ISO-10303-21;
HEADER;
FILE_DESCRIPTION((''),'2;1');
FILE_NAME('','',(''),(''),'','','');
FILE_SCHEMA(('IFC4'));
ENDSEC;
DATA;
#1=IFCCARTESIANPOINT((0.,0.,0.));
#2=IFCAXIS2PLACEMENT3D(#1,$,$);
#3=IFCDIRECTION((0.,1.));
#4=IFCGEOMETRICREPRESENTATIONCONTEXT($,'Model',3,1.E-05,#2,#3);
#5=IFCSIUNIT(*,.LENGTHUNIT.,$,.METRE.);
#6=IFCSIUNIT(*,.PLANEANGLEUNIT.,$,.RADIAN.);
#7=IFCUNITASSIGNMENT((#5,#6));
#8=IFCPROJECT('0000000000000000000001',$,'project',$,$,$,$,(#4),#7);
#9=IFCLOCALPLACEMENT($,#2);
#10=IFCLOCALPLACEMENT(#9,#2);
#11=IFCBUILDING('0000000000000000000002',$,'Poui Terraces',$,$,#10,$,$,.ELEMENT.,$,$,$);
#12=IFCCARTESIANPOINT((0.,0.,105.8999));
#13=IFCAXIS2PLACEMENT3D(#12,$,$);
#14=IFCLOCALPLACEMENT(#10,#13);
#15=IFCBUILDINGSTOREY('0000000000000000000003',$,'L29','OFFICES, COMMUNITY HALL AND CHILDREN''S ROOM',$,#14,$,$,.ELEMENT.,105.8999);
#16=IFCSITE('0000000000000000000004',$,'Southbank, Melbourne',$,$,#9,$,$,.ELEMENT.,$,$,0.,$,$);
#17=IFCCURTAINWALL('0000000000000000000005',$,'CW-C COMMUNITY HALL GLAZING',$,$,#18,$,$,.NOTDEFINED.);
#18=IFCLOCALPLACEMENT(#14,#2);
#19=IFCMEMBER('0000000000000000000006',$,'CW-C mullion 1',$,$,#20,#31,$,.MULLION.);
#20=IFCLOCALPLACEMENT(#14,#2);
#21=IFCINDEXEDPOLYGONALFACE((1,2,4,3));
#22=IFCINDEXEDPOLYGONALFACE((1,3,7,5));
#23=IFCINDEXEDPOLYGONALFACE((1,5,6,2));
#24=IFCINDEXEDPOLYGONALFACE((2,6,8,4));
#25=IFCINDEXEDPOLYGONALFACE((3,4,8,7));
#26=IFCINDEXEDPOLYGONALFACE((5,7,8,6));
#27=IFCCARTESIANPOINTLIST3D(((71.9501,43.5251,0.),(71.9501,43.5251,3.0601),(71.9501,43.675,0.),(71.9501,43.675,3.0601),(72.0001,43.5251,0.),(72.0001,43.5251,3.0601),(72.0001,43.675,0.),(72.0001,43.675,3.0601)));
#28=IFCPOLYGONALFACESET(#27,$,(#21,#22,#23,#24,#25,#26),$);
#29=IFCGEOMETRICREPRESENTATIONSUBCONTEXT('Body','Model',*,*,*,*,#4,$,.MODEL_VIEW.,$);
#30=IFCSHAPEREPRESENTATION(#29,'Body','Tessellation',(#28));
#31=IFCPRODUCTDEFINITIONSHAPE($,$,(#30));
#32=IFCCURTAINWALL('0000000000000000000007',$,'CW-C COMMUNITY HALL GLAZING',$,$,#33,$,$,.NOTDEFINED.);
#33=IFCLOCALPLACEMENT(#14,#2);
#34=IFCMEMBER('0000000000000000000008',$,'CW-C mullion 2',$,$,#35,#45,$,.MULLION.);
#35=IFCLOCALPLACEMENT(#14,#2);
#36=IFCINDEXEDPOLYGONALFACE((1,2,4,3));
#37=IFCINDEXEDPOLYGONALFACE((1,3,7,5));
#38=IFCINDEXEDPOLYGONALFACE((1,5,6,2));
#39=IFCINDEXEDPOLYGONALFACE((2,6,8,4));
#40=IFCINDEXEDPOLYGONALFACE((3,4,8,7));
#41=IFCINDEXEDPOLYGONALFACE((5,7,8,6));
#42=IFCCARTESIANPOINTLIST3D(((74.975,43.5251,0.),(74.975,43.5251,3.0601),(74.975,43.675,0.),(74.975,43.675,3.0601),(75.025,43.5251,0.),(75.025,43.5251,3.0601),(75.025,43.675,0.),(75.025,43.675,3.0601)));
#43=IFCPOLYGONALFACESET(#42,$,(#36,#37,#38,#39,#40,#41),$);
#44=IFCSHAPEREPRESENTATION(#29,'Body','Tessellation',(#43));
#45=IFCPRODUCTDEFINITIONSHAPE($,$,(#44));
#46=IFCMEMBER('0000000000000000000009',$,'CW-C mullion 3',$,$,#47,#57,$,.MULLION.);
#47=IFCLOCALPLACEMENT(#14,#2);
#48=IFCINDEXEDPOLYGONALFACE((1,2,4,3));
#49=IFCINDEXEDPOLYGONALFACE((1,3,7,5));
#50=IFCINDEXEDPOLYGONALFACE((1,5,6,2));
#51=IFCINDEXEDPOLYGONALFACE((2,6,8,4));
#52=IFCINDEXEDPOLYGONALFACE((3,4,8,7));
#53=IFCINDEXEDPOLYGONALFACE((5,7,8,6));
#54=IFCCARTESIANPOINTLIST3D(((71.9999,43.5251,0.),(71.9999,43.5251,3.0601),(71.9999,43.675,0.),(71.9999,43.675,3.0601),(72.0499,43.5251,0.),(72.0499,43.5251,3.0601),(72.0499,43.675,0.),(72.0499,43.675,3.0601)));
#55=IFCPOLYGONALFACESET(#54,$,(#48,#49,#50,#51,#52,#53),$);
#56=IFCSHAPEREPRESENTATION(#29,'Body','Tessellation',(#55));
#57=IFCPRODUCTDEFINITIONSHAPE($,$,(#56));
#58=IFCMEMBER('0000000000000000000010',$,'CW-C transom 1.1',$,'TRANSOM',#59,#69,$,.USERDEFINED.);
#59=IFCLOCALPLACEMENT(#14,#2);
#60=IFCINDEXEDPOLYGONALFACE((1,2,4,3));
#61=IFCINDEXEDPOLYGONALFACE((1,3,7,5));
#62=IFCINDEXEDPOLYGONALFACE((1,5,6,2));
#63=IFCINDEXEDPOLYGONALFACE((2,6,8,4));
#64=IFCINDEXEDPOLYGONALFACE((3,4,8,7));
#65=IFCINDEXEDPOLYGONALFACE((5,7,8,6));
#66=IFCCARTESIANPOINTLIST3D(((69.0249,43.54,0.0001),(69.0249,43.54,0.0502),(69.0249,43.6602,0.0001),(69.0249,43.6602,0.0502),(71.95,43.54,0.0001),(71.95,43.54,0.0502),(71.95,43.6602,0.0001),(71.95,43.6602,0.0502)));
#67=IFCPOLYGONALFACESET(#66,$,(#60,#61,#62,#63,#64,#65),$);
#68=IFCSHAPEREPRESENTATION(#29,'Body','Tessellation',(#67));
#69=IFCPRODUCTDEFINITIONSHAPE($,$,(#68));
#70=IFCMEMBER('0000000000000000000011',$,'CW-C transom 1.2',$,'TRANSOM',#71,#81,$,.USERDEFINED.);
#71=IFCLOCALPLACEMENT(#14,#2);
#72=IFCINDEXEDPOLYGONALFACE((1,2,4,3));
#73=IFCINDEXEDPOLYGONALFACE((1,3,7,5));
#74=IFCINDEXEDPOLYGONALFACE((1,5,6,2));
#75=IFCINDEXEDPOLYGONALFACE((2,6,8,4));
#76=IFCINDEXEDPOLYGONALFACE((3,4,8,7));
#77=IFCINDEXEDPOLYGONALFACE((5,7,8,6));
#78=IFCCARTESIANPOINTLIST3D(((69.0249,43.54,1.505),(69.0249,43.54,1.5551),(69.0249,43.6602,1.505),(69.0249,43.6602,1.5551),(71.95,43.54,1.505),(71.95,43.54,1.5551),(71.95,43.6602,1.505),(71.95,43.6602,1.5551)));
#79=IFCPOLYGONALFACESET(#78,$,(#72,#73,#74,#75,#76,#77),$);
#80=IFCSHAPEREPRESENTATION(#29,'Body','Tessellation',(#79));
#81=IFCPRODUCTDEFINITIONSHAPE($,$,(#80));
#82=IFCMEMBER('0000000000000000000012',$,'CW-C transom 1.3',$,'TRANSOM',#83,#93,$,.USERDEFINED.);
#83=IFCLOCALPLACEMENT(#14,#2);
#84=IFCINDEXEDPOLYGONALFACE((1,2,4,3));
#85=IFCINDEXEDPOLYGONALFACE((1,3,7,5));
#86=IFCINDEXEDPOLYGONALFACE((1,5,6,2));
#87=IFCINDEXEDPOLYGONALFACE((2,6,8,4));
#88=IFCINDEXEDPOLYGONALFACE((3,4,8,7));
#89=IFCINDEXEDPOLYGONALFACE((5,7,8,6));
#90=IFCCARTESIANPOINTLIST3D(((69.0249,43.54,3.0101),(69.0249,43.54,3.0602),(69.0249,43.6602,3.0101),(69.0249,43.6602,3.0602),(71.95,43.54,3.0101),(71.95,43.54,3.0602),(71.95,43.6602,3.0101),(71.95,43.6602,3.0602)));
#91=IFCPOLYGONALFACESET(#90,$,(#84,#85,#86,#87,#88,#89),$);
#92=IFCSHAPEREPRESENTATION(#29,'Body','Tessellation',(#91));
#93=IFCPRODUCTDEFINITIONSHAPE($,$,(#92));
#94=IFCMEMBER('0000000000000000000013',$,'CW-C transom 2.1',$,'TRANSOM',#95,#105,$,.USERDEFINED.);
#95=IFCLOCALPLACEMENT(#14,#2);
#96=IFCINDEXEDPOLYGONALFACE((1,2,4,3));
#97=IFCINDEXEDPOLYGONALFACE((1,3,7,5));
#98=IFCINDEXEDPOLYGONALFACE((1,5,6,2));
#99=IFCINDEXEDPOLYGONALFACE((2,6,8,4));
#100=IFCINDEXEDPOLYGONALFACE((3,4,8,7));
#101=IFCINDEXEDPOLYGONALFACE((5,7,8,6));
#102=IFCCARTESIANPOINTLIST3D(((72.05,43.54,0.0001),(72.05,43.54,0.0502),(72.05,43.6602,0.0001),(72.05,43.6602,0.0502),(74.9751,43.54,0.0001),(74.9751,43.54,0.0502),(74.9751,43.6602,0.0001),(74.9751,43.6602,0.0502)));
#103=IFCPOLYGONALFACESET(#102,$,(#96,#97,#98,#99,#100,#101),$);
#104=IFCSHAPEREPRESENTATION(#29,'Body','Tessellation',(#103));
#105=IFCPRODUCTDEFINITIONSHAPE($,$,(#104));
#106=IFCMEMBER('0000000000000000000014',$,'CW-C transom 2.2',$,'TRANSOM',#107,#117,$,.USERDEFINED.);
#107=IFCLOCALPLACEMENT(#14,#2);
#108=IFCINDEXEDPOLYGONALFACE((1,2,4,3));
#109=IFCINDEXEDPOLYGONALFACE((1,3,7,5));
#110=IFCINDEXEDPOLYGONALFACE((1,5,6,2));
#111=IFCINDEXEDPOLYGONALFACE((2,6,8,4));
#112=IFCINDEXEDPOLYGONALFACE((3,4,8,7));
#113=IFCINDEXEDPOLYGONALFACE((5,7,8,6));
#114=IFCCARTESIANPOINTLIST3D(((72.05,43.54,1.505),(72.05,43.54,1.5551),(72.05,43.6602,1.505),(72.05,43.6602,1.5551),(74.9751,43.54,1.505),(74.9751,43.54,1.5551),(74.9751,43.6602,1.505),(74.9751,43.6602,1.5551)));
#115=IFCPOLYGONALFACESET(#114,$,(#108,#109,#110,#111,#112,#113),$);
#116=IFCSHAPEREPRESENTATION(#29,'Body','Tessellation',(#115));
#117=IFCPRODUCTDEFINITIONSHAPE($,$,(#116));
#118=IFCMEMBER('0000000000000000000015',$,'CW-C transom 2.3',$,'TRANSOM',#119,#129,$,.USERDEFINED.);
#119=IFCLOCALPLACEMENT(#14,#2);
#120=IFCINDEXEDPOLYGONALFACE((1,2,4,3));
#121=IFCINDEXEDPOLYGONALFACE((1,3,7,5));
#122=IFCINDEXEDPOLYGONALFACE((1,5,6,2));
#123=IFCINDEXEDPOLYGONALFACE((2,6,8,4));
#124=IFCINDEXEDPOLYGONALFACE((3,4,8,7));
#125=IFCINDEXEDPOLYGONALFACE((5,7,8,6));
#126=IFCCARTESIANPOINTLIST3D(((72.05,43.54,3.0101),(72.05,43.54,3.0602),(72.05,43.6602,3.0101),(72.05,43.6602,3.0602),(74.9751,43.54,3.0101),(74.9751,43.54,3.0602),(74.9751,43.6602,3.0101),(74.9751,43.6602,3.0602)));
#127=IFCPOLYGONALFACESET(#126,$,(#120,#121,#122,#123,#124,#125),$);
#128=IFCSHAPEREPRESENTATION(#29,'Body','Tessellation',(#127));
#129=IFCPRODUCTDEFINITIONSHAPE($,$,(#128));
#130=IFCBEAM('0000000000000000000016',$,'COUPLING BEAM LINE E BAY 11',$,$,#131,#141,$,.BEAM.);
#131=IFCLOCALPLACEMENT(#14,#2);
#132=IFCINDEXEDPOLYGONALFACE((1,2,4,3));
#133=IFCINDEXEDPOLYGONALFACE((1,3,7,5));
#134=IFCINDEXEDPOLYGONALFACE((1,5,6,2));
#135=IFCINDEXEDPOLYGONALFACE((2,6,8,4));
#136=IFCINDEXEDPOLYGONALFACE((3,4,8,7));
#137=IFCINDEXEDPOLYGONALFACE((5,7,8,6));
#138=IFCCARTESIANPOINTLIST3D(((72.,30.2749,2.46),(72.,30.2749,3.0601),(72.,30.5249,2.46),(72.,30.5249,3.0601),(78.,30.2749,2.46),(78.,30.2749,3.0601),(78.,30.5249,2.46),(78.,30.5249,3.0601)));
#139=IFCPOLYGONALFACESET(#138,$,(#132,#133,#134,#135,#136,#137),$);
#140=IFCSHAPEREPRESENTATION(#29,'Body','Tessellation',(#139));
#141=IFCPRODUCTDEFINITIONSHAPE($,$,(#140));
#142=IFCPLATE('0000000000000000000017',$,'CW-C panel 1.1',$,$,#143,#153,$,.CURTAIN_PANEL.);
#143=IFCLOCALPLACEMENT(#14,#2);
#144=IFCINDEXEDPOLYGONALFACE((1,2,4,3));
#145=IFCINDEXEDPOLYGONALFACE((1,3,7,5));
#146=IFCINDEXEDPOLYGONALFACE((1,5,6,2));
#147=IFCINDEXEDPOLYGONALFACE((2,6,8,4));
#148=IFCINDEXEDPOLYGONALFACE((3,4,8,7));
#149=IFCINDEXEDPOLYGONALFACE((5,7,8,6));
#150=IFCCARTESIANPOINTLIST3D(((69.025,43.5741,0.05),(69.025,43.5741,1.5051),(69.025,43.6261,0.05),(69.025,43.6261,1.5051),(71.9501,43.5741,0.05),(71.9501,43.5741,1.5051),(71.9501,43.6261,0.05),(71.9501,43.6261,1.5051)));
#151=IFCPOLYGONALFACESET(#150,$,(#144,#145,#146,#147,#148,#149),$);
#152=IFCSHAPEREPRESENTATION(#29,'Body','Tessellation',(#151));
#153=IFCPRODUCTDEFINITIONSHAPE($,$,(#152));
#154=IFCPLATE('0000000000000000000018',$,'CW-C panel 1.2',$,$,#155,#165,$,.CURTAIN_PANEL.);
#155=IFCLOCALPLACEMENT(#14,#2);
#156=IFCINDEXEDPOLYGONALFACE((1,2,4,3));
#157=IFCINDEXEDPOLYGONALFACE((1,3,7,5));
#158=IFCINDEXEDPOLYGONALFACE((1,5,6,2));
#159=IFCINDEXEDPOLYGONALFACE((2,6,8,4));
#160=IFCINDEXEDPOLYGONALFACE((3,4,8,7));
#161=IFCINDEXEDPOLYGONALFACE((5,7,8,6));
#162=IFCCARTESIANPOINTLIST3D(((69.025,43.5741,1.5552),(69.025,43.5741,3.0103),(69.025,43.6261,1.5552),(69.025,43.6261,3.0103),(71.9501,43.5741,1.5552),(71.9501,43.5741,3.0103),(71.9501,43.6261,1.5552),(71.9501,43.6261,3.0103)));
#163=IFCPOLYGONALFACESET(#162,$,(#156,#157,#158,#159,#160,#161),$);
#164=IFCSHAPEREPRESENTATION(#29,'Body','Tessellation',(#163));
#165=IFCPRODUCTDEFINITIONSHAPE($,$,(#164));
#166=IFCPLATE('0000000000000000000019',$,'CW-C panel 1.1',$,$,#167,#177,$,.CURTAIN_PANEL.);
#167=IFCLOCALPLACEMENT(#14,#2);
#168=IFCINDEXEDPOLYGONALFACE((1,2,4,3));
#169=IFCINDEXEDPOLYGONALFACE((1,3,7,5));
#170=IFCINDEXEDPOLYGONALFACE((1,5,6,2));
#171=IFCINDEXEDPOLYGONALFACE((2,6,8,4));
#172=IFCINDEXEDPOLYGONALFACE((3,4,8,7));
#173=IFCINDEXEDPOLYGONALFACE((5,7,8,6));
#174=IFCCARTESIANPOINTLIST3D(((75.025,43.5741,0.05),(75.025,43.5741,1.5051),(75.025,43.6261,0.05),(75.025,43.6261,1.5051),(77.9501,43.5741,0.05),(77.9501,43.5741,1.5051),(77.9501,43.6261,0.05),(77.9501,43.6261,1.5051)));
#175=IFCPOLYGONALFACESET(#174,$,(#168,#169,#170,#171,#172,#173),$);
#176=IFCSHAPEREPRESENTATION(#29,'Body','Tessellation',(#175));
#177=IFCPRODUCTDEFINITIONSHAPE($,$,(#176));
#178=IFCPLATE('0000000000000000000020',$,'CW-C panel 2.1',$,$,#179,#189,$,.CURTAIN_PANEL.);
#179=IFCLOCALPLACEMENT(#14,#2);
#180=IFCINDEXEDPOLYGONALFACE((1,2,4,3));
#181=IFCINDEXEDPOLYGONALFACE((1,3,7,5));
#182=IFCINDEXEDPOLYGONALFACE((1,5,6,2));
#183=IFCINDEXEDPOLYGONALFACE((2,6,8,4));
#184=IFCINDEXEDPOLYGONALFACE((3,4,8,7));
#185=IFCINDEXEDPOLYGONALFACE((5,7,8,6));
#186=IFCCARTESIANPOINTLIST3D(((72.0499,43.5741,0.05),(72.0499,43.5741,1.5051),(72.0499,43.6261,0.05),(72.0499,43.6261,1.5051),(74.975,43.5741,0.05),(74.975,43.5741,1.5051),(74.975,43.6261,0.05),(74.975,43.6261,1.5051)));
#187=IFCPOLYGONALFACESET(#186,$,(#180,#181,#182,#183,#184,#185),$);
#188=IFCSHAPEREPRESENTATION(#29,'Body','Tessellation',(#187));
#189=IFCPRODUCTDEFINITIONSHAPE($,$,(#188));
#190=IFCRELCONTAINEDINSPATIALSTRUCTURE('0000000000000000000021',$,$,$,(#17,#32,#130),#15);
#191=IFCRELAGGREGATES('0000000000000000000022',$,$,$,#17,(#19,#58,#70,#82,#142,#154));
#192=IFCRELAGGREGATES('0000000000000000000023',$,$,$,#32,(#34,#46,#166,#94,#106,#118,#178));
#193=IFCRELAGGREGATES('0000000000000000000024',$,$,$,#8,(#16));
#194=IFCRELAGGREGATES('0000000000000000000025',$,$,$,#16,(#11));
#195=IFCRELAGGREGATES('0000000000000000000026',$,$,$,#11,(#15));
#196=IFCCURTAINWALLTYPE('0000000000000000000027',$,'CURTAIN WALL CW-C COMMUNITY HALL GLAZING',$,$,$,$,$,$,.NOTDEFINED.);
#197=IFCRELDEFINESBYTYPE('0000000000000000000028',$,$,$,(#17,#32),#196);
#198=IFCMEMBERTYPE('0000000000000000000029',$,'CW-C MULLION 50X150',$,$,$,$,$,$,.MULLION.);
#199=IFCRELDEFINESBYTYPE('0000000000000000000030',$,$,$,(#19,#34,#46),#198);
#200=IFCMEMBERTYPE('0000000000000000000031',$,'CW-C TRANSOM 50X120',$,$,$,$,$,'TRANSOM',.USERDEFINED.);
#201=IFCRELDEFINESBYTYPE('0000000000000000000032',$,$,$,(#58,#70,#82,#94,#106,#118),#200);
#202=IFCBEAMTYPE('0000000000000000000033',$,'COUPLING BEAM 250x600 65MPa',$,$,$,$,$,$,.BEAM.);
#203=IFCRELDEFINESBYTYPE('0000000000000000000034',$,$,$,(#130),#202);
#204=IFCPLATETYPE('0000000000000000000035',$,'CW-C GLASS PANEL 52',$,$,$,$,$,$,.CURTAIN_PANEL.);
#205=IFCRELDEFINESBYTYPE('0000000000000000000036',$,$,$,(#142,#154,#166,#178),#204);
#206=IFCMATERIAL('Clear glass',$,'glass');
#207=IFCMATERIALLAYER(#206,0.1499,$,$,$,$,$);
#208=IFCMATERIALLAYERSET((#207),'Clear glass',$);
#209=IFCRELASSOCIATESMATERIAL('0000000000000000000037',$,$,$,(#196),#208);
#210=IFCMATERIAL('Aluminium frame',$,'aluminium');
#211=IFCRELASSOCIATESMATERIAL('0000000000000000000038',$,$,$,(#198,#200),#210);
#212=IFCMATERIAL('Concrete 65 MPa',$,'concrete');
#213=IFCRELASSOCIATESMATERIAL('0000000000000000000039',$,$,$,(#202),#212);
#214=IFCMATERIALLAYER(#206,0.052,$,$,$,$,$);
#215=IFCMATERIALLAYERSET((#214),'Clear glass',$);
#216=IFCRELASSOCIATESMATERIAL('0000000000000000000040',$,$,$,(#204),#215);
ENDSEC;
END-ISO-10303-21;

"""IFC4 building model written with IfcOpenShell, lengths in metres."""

from ifc_helpers import new_model, si_unit, direction, frame, origin, origin_2d, place, context, subcontext, project, spatial, rectangle, extrude, source, transform, mapped, material, layer, layer_set, material_profile, profile_set, type_object, element, aggregate, save


model = new_model("IFC4")

# Units and contexts
model_context = context("Model", 3, precision=1e-05, world=origin(), true_north=direction((0.0, 1.0)))
body_context = subcontext(model_context, "Body", "Model", "MODEL_VIEW")
ifc_project = project(units=[si_unit("LENGTHUNIT", "METRE"), si_unit("PLANEANGLEUNIT", "RADIAN")], contexts=[model_context])

# Site, building, storey
site_placement = place(None, origin())
site = spatial("IfcSite", under=ifc_project, at=site_placement, Name="Southbank, Melbourne", CompositionType="ELEMENT", RefElevation=0.0)
building_placement = place(site_placement, origin())
building = spatial("IfcBuilding", under=site, at=building_placement, Name="Poui Terraces", CompositionType="ELEMENT")
storey_placement = place(building_placement, frame((0.0, 0.0, 105.8999)))
storey = spatial("IfcBuildingStorey", under=building, at=storey_placement, Name="L29", Description="OFFICES, COMMUNITY HALL AND CHILDREN'S ROOM", CompositionType="ELEMENT", Elevation=105.8999)

# Curtain wall, member
ifc_material_1 = material(Name="Clear glass", Category="glass")
ifc_layer_1 = layer(ifc_material_1, 0.1499)
ifc_layer_set_1 = layer_set([ifc_layer_1], Name="Clear glass")
curtain_wall_type = type_object("IfcCurtainWallType", Name="CURTAIN WALL CW-C COMMUNITY HALL GLAZING", PredefinedType="NOTDEFINED", material=ifc_layer_set_1)
curtain_wall_1_placement = place(storey_placement, origin())
curtain_wall_1 = element("IfcCurtainWall", 1, at=curtain_wall_1_placement, inside=storey, type_object=curtain_wall_type, Name="CW-C COMMUNITY HALL GLAZING", PredefinedType="NOTDEFINED")
ifc_material_2 = material(Name="Aluminium frame", Category="aluminium")
ifc_material_profile_1 = material_profile(ifc_material_2, rectangle(XDim=0.1499, YDim=0.05, at=origin_2d()), Name="CW-C MULLION 50X150")
ifc_profile_set_1 = profile_set([ifc_material_profile_1], Name="Aluminium frame")
member_type_1 = type_object("IfcMemberType", Name="CW-C MULLION 50X150", PredefinedType="MULLION", material=ifc_profile_set_1)
member_1_placement = place(storey_placement, frame((71.9751, 43.6001, 0.0), z_axis=(0.0, 0.0, 1.0), x_axis=(0.0, -1.0, 0.0)))
member_1 = element("IfcMember", 2, at=member_1_placement, type_object=member_type_1, Name="CW-C mullion 1", PredefinedType="MULLION", context=body_context, shape_type="SweptSolid", body=[
    extrude(rectangle(XDim=0.1499, YDim=0.05, at=origin_2d()), origin(), (0.0, 0.0, 1.0), 3.0601),
])

# Curtain wall, members
curtain_wall_2_placement = place(storey_placement, origin())
curtain_wall_2 = element("IfcCurtainWall", 3, at=curtain_wall_2_placement, inside=storey, type_object=curtain_wall_type, Name="CW-C COMMUNITY HALL GLAZING", PredefinedType="NOTDEFINED")
member_2_placement = place(storey_placement, frame((75.0, 43.6001, 0.0), z_axis=(0.0, 0.0, 1.0), x_axis=(0.0, -1.0, 0.0)))
member_2 = element("IfcMember", 4, at=member_2_placement, type_object=member_type_1, Name="CW-C mullion 2", PredefinedType="MULLION", context=body_context, shape_type="SweptSolid", body=[
    extrude(rectangle(XDim=0.1499, YDim=0.05, at=origin_2d()), origin(), (0.0, 0.0, 1.0), 3.0601),
])
member_3_placement = place(storey_placement, frame((72.0249, 43.6001, 0.0), z_axis=(0.0, 0.0, 1.0), x_axis=(0.0, -1.0, 0.0)))
member_3 = element("IfcMember", 5, at=member_3_placement, type_object=member_type_1, Name="CW-C mullion 3", PredefinedType="MULLION", context=body_context, shape_type="SweptSolid", body=[
    extrude(rectangle(XDim=0.1499, YDim=0.05, at=origin_2d()), origin(), (0.0, 0.0, 1.0), 3.0601),
])

# Members
ifc_material_profile_2 = material_profile(ifc_material_2, rectangle(XDim=0.1201, YDim=0.05, at=origin_2d()), Name="CW-C TRANSOM 50X120")
ifc_profile_set_2 = profile_set([ifc_material_profile_2], Name="Aluminium frame")
member_type_2 = type_object("IfcMemberType", Name="CW-C TRANSOM 50X120", ElementType="TRANSOM", PredefinedType="USERDEFINED", material=ifc_profile_set_2)
member_4_placement = place(storey_placement, frame((71.95, 43.6001, 0.0251), z_axis=(-1.0, 0.0, 0.0), x_axis=(0.0, -1.0, 0.0)))
member_4 = element("IfcMember", 6, at=member_4_placement, type_object=member_type_2, Name="CW-C transom 1.1", ObjectType="TRANSOM", PredefinedType="USERDEFINED", context=body_context, shape_type="SweptSolid", body=[
    extrude(rectangle(XDim=0.1201, YDim=0.05, at=origin_2d()), origin(), (0.0, 0.0, 1.0), 2.925),
])
member_5_placement = place(storey_placement, frame((71.95, 43.6001, 1.53), z_axis=(-1.0, 0.0, 0.0), x_axis=(0.0, -1.0, 0.0)))
member_5 = element("IfcMember", 7, at=member_5_placement, type_object=member_type_2, Name="CW-C transom 1.2", ObjectType="TRANSOM", PredefinedType="USERDEFINED", context=body_context, shape_type="SweptSolid", body=[
    extrude(rectangle(XDim=0.1201, YDim=0.05, at=origin_2d()), origin(), (0.0, 0.0, 1.0), 2.925),
])
member_6_placement = place(storey_placement, frame((71.95, 43.6001, 3.0352), z_axis=(-1.0, 0.0, 0.0), x_axis=(0.0, -1.0, 0.0)))
member_6 = element("IfcMember", 8, at=member_6_placement, type_object=member_type_2, Name="CW-C transom 1.3", ObjectType="TRANSOM", PredefinedType="USERDEFINED", context=body_context, shape_type="SweptSolid", body=[
    extrude(rectangle(XDim=0.1201, YDim=0.05, at=origin_2d()), origin(), (0.0, 0.0, 1.0), 2.925),
])
member_7_placement = place(storey_placement, frame((74.9751, 43.6001, 0.0251), z_axis=(-1.0, 0.0, 0.0), x_axis=(0.0, -1.0, 0.0)))
member_7 = element("IfcMember", 9, at=member_7_placement, type_object=member_type_2, Name="CW-C transom 2.1", ObjectType="TRANSOM", PredefinedType="USERDEFINED", context=body_context, shape_type="SweptSolid", body=[
    extrude(rectangle(XDim=0.1201, YDim=0.05, at=origin_2d()), origin(), (0.0, 0.0, 1.0), 2.925),
])
member_8_placement = place(storey_placement, frame((74.9751, 43.6001, 1.53), z_axis=(-1.0, 0.0, 0.0), x_axis=(0.0, -1.0, 0.0)))
member_8 = element("IfcMember", 10, at=member_8_placement, type_object=member_type_2, Name="CW-C transom 2.2", ObjectType="TRANSOM", PredefinedType="USERDEFINED", context=body_context, shape_type="SweptSolid", body=[
    extrude(rectangle(XDim=0.1201, YDim=0.05, at=origin_2d()), origin(), (0.0, 0.0, 1.0), 2.925),
])
member_9_placement = place(storey_placement, frame((74.9751, 43.6001, 3.0352), z_axis=(-1.0, 0.0, 0.0), x_axis=(0.0, -1.0, 0.0)))
member_9 = element("IfcMember", 11, at=member_9_placement, type_object=member_type_2, Name="CW-C transom 2.3", ObjectType="TRANSOM", PredefinedType="USERDEFINED", context=body_context, shape_type="SweptSolid", body=[
    extrude(rectangle(XDim=0.1201, YDim=0.05, at=origin_2d()), origin(), (0.0, 0.0, 1.0), 2.925),
])

# Beam
ifc_material_3 = material(Name="Concrete 65 MPa", Category="concrete")
ifc_material_profile_3 = material_profile(ifc_material_3, rectangle(XDim=0.25, YDim=0.6001, at=origin_2d()), Name="RC 250x600")
ifc_profile_set_3 = profile_set([ifc_material_profile_3], Name="Concrete 65 MPa")
beam_type = type_object("IfcBeamType", Name="COUPLING BEAM 250x600 65MPa", PredefinedType="BEAM", material=ifc_profile_set_3)
shared_shape = source(origin(), body_context, "Body", "SweptSolid", [
    extrude(rectangle(XDim=0.25, YDim=0.6001, at=origin_2d()), origin(), (0.0, 0.0, 1.0), 6.0),
])
beam_placement = place(storey_placement, frame((72.0, 30.3999, 2.76), z_axis=(1.0, 0.0, 0.0), x_axis=(0.0, 1.0, 0.0)))
element("IfcBeam", 12, at=beam_placement, inside=storey, type_object=beam_type, Name="COUPLING BEAM LINE E BAY 11", PredefinedType="BEAM", context=body_context, shape_type="MappedRepresentation", body=[
    mapped(shared_shape, transform((0.0, 0.0, 0.0))),
])

# Plates
ifc_layer_2 = layer(ifc_material_1, 0.052)
ifc_layer_set_2 = layer_set([ifc_layer_2], Name="Clear glass")
plate_type = type_object("IfcPlateType", Name="CW-C GLASS PANEL 52", PredefinedType="CURTAIN_PANEL", material=ifc_layer_set_2)
plate_1_placement = place(storey_placement, frame((70.4875, 43.6001, 0.05), z_axis=(0.0, 0.0, 1.0), x_axis=(-1.0, 0.0, 0.0)))
plate_1 = element("IfcPlate", 13, at=plate_1_placement, type_object=plate_type, Name="CW-C panel 1.1", PredefinedType="CURTAIN_PANEL", context=body_context, shape_type="SweptSolid", body=[
    extrude(rectangle(XDim=2.925, YDim=0.052, at=origin_2d()), origin(), (0.0, 0.0, 1.0), 1.4551),
])
plate_2_placement = place(storey_placement, frame((70.4875, 43.6001, 1.5552), z_axis=(0.0, 0.0, 1.0), x_axis=(-1.0, 0.0, 0.0)))
plate_2 = element("IfcPlate", 14, at=plate_2_placement, type_object=plate_type, Name="CW-C panel 1.2", PredefinedType="CURTAIN_PANEL", context=body_context, shape_type="SweptSolid", body=[
    extrude(rectangle(XDim=2.925, YDim=0.052, at=origin_2d()), origin(), (0.0, 0.0, 1.0), 1.4551),
])
aggregate(curtain_wall_1, [member_1, member_4, member_5, member_6, plate_1, plate_2])
plate_3_placement = place(storey_placement, frame((76.4875, 43.6001, 0.05), z_axis=(0.0, 0.0, 1.0), x_axis=(-1.0, 0.0, 0.0)))
plate_3 = element("IfcPlate", 15, at=plate_3_placement, type_object=plate_type, Name="CW-C panel 1.1", PredefinedType="CURTAIN_PANEL", context=body_context, shape_type="SweptSolid", body=[
    extrude(rectangle(XDim=2.925, YDim=0.052, at=origin_2d()), origin(), (0.0, 0.0, 1.0), 1.4551),
])
plate_4_placement = place(storey_placement, frame((73.5125, 43.6001, 0.05), z_axis=(0.0, 0.0, 1.0), x_axis=(-1.0, 0.0, 0.0)))
plate_4 = element("IfcPlate", 16, at=plate_4_placement, type_object=plate_type, Name="CW-C panel 2.1", PredefinedType="CURTAIN_PANEL", context=body_context, shape_type="SweptSolid", body=[
    extrude(rectangle(XDim=2.925, YDim=0.052, at=origin_2d()), origin(), (0.0, 0.0, 1.0), 1.4551),
])
aggregate(curtain_wall_2, [member_2, member_3, plate_3, member_7, member_8, member_9, plate_4])

save(model, "model.ifc")
